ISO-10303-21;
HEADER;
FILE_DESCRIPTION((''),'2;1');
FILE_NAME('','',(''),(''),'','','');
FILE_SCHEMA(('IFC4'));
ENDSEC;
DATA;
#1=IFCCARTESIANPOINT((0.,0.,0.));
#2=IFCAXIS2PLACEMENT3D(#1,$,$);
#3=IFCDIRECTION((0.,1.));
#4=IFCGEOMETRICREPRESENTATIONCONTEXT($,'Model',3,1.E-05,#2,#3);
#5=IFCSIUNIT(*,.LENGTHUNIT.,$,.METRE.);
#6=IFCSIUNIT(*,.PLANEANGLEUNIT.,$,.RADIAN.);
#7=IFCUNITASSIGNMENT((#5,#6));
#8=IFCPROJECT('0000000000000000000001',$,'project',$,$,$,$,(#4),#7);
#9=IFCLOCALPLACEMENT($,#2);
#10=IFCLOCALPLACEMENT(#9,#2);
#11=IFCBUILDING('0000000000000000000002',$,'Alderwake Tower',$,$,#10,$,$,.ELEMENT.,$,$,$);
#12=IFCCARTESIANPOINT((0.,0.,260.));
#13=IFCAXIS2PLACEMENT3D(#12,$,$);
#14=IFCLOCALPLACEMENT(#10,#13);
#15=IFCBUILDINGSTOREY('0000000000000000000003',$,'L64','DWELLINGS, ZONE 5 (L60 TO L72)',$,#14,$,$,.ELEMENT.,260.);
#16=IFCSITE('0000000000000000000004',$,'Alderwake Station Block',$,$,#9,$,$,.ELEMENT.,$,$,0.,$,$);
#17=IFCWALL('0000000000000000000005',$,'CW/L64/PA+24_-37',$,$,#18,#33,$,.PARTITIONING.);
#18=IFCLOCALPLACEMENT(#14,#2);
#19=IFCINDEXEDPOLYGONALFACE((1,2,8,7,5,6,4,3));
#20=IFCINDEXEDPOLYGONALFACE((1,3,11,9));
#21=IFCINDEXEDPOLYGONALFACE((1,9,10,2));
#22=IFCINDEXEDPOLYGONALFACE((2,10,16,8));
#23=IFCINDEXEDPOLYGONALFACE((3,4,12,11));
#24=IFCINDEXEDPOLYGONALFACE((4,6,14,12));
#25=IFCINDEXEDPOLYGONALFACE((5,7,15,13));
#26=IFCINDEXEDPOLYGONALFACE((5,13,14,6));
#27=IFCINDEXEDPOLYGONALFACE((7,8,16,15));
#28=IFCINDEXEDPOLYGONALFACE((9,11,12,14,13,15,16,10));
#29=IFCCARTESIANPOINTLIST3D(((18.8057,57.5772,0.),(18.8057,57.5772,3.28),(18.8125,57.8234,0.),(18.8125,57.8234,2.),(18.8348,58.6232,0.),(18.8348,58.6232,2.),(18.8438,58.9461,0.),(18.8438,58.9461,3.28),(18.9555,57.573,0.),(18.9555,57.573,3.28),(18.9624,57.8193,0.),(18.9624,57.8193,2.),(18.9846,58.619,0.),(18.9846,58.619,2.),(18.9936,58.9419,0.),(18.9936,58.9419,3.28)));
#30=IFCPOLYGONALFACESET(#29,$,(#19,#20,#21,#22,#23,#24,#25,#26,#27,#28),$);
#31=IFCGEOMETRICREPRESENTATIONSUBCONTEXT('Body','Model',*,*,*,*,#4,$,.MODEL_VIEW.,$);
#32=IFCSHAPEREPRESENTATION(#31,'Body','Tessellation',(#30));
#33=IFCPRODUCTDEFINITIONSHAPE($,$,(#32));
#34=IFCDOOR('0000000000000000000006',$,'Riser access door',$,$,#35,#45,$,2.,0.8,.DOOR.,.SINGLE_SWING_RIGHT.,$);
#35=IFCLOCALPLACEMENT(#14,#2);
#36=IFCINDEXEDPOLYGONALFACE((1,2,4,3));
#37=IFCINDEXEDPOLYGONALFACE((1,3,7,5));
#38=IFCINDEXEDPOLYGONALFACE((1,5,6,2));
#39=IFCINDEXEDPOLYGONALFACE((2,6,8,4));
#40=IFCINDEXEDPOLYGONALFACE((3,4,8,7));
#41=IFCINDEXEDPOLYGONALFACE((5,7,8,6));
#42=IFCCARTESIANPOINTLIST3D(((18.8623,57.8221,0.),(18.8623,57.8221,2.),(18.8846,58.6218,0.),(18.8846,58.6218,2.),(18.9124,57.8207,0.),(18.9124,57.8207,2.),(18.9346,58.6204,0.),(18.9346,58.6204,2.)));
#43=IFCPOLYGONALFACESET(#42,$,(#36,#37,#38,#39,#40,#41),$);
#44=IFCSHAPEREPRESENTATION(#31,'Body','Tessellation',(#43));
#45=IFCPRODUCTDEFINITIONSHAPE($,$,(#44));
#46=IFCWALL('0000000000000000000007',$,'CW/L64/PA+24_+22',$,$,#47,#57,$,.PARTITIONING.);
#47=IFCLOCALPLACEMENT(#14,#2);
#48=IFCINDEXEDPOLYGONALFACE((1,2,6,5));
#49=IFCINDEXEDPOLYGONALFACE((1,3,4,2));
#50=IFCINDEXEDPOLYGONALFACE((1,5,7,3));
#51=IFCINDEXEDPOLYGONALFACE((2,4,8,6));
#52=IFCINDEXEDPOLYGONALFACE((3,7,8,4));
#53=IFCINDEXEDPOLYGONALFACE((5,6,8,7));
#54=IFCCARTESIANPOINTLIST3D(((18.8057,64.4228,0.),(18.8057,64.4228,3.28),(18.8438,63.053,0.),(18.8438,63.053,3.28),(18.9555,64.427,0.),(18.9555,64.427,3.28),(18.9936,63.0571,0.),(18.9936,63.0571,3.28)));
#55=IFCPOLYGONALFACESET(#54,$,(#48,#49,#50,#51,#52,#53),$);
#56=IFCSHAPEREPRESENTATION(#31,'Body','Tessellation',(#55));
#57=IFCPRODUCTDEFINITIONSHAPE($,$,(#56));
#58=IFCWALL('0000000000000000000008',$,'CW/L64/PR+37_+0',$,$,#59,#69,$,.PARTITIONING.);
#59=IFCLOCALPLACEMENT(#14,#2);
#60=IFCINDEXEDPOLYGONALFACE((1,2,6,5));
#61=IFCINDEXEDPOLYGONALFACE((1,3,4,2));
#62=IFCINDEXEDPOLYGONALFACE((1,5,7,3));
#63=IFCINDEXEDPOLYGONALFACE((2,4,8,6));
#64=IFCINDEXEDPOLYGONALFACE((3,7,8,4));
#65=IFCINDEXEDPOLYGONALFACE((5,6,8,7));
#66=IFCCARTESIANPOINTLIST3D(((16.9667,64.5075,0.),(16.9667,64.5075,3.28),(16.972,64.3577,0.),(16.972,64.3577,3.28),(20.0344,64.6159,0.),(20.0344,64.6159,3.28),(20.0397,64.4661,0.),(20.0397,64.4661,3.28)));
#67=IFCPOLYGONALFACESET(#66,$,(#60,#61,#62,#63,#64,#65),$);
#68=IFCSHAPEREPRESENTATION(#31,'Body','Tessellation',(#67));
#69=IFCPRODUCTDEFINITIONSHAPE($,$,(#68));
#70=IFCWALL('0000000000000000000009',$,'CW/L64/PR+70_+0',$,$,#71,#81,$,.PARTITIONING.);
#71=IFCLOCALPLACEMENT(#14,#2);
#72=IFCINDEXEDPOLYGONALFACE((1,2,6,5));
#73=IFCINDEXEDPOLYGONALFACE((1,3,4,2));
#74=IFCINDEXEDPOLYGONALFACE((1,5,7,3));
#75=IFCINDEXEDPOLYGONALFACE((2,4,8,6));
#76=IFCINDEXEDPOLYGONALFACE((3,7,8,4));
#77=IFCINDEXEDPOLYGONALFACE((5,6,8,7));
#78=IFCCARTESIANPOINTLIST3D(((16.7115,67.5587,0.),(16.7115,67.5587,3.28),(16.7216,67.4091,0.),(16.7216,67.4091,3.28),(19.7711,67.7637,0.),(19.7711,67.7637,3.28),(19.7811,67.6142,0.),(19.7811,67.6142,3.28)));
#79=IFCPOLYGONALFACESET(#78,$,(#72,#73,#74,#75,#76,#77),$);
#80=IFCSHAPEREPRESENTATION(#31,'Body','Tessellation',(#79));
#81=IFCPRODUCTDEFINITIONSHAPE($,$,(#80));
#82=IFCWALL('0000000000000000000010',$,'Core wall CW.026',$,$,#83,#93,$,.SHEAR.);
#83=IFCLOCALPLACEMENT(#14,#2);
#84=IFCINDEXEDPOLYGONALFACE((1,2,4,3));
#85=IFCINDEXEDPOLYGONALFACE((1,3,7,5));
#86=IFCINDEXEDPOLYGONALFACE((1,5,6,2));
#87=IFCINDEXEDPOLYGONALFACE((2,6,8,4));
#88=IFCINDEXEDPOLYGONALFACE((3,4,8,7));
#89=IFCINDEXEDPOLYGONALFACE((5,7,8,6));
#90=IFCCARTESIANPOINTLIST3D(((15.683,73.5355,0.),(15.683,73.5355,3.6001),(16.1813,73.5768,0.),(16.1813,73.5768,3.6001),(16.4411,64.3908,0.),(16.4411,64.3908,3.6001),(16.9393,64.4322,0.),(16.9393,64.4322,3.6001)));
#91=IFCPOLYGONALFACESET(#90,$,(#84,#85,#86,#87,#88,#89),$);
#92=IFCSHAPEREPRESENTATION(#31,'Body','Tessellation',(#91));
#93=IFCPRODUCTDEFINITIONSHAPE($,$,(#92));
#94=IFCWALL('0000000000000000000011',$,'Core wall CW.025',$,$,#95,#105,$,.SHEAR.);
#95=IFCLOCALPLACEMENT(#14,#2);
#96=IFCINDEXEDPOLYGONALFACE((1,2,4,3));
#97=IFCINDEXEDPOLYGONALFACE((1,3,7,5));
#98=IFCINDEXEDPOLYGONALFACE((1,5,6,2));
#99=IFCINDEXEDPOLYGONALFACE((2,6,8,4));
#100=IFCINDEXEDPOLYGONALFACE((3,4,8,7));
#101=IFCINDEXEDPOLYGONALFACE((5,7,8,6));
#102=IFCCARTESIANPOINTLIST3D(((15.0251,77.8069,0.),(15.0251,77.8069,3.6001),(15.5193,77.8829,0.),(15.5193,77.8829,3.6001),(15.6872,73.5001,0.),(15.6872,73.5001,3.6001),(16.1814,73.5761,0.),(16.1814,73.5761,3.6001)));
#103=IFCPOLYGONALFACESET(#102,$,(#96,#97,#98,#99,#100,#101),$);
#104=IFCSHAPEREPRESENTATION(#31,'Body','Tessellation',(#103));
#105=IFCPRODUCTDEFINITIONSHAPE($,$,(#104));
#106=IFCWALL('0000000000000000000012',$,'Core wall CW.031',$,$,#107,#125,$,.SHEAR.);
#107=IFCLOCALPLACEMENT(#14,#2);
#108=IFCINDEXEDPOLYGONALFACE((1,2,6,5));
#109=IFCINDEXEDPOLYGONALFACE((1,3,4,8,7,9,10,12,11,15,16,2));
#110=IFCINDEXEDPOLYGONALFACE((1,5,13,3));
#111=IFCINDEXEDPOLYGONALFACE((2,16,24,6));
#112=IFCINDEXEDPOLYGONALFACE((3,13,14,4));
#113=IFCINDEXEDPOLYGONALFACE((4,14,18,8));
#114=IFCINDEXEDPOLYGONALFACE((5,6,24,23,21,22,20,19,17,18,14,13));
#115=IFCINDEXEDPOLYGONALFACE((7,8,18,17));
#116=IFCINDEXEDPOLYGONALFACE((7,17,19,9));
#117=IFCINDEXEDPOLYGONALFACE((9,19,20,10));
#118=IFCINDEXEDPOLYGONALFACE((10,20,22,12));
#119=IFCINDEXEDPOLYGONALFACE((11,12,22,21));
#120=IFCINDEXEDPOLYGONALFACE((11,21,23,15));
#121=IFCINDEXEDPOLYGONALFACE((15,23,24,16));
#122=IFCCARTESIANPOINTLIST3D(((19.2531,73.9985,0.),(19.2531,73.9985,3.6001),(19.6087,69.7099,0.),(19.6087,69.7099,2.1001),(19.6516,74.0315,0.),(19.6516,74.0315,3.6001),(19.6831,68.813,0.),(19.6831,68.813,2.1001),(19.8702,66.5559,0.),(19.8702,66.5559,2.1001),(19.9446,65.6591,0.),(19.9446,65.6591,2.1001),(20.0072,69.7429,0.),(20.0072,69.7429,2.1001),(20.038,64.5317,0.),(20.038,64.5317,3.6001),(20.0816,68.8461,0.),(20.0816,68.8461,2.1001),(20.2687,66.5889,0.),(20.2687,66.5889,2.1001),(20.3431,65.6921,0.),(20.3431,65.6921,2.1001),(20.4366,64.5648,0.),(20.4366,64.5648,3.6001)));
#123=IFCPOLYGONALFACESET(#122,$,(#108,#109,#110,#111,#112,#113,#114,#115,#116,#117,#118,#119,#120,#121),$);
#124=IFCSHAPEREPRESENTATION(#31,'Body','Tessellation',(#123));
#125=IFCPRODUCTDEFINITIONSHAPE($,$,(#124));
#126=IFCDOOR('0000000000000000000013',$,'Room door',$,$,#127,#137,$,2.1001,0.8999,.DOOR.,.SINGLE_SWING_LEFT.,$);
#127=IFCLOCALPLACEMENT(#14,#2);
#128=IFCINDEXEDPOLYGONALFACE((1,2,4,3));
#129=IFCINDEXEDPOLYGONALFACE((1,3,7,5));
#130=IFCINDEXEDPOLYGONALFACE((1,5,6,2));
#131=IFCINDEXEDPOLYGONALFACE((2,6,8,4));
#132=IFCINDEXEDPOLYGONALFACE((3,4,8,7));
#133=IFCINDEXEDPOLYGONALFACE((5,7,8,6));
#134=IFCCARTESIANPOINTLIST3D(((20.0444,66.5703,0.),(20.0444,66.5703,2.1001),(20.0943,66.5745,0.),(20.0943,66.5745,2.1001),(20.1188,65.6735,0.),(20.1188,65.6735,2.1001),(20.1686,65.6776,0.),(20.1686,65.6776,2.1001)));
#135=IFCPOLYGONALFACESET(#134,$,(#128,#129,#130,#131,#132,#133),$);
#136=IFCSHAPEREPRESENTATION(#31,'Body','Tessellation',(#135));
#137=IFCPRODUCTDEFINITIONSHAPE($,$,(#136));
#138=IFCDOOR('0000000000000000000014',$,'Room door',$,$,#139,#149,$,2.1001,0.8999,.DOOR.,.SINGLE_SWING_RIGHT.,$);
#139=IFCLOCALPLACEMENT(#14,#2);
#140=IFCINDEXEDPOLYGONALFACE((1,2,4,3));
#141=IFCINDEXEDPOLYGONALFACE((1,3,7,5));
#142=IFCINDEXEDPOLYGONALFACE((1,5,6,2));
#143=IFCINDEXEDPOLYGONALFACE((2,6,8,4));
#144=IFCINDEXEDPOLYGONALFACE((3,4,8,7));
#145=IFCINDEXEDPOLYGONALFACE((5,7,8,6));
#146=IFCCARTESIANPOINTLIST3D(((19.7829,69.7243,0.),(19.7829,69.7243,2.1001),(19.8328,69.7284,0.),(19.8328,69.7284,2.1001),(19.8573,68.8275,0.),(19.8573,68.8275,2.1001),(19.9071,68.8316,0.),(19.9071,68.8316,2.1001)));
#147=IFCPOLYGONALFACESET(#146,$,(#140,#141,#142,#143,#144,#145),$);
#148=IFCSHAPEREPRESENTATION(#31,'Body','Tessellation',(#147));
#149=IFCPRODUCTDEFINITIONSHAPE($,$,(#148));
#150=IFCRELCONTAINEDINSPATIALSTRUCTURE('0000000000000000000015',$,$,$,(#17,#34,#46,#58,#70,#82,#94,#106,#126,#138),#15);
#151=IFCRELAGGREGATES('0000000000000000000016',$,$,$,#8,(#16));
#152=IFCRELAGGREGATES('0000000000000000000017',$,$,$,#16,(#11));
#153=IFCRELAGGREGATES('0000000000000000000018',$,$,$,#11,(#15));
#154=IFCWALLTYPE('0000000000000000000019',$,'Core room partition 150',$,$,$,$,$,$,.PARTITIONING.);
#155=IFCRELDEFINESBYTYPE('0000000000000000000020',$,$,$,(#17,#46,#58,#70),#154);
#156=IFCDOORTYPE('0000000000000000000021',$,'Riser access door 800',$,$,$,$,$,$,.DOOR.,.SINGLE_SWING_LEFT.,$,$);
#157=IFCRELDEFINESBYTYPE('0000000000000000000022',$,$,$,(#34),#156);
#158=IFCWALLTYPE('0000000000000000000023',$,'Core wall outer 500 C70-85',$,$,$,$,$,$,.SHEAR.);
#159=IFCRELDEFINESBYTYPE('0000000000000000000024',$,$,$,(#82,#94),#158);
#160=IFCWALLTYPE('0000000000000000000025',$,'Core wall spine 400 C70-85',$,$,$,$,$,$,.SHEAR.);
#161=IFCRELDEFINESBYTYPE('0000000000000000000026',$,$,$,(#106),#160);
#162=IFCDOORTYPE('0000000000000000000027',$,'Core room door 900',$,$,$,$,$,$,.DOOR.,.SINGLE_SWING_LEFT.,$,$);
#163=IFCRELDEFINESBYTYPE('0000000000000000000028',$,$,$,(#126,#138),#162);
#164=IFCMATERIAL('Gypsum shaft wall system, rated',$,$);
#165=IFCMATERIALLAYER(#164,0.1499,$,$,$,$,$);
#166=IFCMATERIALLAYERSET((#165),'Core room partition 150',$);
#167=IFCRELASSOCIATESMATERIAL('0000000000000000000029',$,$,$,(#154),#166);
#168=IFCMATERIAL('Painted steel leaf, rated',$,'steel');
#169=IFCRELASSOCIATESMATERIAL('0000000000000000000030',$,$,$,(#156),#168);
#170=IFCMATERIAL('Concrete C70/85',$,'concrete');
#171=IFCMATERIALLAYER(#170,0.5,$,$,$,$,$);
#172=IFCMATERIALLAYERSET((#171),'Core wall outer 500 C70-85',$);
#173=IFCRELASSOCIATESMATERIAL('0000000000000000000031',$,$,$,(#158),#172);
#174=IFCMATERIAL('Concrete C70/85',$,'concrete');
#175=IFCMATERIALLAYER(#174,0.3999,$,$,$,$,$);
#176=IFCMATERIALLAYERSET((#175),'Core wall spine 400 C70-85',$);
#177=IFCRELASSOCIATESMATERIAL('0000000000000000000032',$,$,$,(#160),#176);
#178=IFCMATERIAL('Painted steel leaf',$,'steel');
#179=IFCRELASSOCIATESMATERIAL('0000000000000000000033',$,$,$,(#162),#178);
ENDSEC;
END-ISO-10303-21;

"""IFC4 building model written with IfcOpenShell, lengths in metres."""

from ifc_helpers import new_model, si_unit, direction, frame, frame_2d, origin, place, context, subcontext, project, spatial, rectangle, extrude, material, layer, layer_set, type_object, element, fill, save


model = new_model("IFC4")

# Units and contexts
model_context = context("Model", 3, precision=1e-05, world=origin(), true_north=direction((0.0, 1.0)))
body_context = subcontext(model_context, "Body", "Model", "MODEL_VIEW")
ifc_project = project(units=[si_unit("LENGTHUNIT", "METRE"), si_unit("PLANEANGLEUNIT", "RADIAN")], contexts=[model_context])

# Site, building, storey
site_placement = place(None, origin())
site = spatial("IfcSite", under=ifc_project, at=site_placement, Name="Alderwake Station Block", CompositionType="ELEMENT", RefElevation=0.0)
building_placement = place(site_placement, origin())
building = spatial("IfcBuilding", under=site, at=building_placement, Name="Alderwake Tower", CompositionType="ELEMENT")
storey_placement = place(building_placement, frame((0.0, 0.0, 260.0)))
storey = spatial("IfcBuildingStorey", under=building, at=storey_placement, Name="L64", Description="DWELLINGS, ZONE 5 (L60 TO L72)", CompositionType="ELEMENT", Elevation=260.0)

# Wall, opening, door
ifc_material_1 = material(Name="Gypsum shaft wall system, rated")
ifc_layer_1 = layer(ifc_material_1, 0.1499)
ifc_layer_set_1 = layer_set([ifc_layer_1], Name="Core room partition 150")
wall_type_1 = type_object("IfcWallType", Name="Core room partition 150", PredefinedType="PARTITIONING", material=ifc_layer_set_1)
wall_1_placement = place(storey_placement, frame((18.9187, 58.9438, 0.0), z_axis=(0.0, 0.0, 1.0), x_axis=(-0.027812, -0.999613, 0.0)))
wall_1 = element("IfcWall", 1, at=wall_1_placement, inside=storey, type_object=wall_type_1, Name="CW/L64/PA+24_-37", PredefinedType="PARTITIONING", context=body_context, shape_type="SweptSolid", body=[
    extrude(rectangle(XDim=1.3694, YDim=0.1499, at=frame_2d((0.6846, 0.0))), origin(), (0.0, 0.0, 1.0), 3.28),
])
opening_1_placement = place(wall_1_placement, frame((0.323, 0.0, 0.0)))
opening_1 = element("IfcOpeningElement", 2, at=opening_1_placement, cuts=wall_1, PredefinedType="OPENING", context=body_context, shape_type="SweptSolid", body=[
    extrude(rectangle(XDim=0.8, YDim=2.0, at=frame_2d((0.3999, 1.0))), frame((0.0, 0.085, 0.0), z_axis=(0.0, -1.0, 0.0), x_axis=(1.0, 0.0, 0.0)), (0.0, 0.0, 1.0), 0.1699),
])
ifc_material_2 = material(Name="Painted steel leaf, rated", Category="steel")
door_type_1 = type_object("IfcDoorType", Name="Riser access door 800", OperationType="SINGLE_SWING_LEFT", PredefinedType="DOOR", material=ifc_material_2)
door_1_placement = place(opening_1_placement, origin())
door_1 = element("IfcDoor", 3, at=door_1_placement, inside=storey, type_object=door_type_1, Name="Riser access door", OperationType="SINGLE_SWING_RIGHT", OverallHeight=2.0, OverallWidth=0.8, PredefinedType="DOOR", context=body_context, shape_type="SweptSolid", body=[
    extrude(rectangle(XDim=0.8, YDim=2.0, at=frame_2d((0.3999, 1.0))), frame((0.0, 0.0249, 0.0), z_axis=(0.0, -1.0, 0.0), x_axis=(1.0, 0.0, 0.0)), (0.0, 0.0, 1.0), 0.05),
])
fill(opening_1, door_1)

# Walls
wall_2_placement = place(storey_placement, frame((18.9187, 63.0552, 0.0), z_axis=(0.0, 0.0, 1.0), x_axis=(-0.027792, 0.999614, 0.0)))
element("IfcWall", 4, at=wall_2_placement, inside=storey, type_object=wall_type_1, Name="CW/L64/PA+24_+22", PredefinedType="PARTITIONING", context=body_context, shape_type="SweptSolid", body=[
    extrude(rectangle(XDim=1.3704, YDim=0.1499, at=frame_2d((0.6851, 0.0))), origin(), (0.0, 0.0, 1.0), 3.28),
])
wall_3_placement = place(storey_placement, frame((16.9695, 64.4326, 0.0), z_axis=(0.0, 0.0, 1.0), x_axis=(0.999376, 0.035314, 0.0)))
element("IfcWall", 5, at=wall_3_placement, inside=storey, type_object=wall_type_1, Name="CW/L64/PR+37_+0", PredefinedType="PARTITIONING", context=body_context, shape_type="SweptSolid", body=[
    extrude(rectangle(XDim=3.0696, YDim=0.1499, at=frame_2d((1.5347, 0.0))), origin(), (0.0, 0.0, 1.0), 3.28),
])
wall_4_placement = place(storey_placement, frame((16.7166, 67.4839, 0.0), z_axis=(0.0, 0.0, 1.0), x_axis=(0.997761, 0.066878, 0.0)))
element("IfcWall", 6, at=wall_4_placement, inside=storey, type_object=wall_type_1, Name="CW/L64/PR+70_+0", PredefinedType="PARTITIONING", context=body_context, shape_type="SweptSolid", body=[
    extrude(rectangle(XDim=3.0664, YDim=0.1499, at=frame_2d((1.5332, 0.0))), origin(), (0.0, 0.0, 1.0), 3.28),
])
ifc_material_3 = material(Name="Concrete C70/85", Category="concrete")
ifc_layer_2 = layer(ifc_material_3, 0.5)
ifc_layer_set_2 = layer_set([ifc_layer_2], Name="Core wall outer 500 C70-85")
wall_type_2 = type_object("IfcWallType", Name="Core wall outer 500 C70-85", PredefinedType="SHEAR", material=ifc_layer_set_2)
wall_5_placement = place(storey_placement, frame((16.6902, 64.4116, 0.0), z_axis=(0.0, 0.0, 1.0), x_axis=(-0.082612, 0.996582, 0.0)))
element("IfcWall", 7, at=wall_5_placement, inside=storey, type_object=wall_type_2, Name="Core wall CW.026", PredefinedType="SHEAR", context=body_context, shape_type="SweptSolid", body=[
    extrude(rectangle(XDim=9.176, YDim=0.5, at=frame_2d((4.5879, 0.0))), origin(), (0.0, 0.0, 1.0), 3.6001),
])
wall_6_placement = place(storey_placement, frame((15.9343, 73.5381, 0.0), z_axis=(0.0, 0.0, 1.0), x_axis=(-0.151948, 0.988389, 0.0)))
element("IfcWall", 8, at=wall_6_placement, inside=storey, type_object=wall_type_2, Name="Core wall CW.025", PredefinedType="SHEAR", context=body_context, shape_type="SweptSolid", body=[
    extrude(rectangle(XDim=4.3574, YDim=0.5, at=frame_2d((2.1787, 0.0))), origin(), (0.0, 0.0, 1.0), 3.6001),
])

# Wall, openings, doors
ifc_material_4 = material(Name="Concrete C70/85", Category="concrete")
ifc_layer_3 = layer(ifc_material_4, 0.3999)
ifc_layer_set_3 = layer_set([ifc_layer_3], Name="Core wall spine 400 C70-85")
wall_type_3 = type_object("IfcWallType", Name="Core wall spine 400 C70-85", PredefinedType="SHEAR", material=ifc_layer_set_3)
wall_7_placement = place(storey_placement, frame((19.4524, 74.0149, 0.0), z_axis=(0.0, 0.0, 1.0), x_axis=(0.082629, -0.99658, 0.0)))
wall_7 = element("IfcWall", 9, at=wall_7_placement, inside=storey, type_object=wall_type_3, Name="Core wall CW.031", PredefinedType="SHEAR", context=body_context, shape_type="SweptSolid", body=[
    extrude(rectangle(XDim=9.4993, YDim=0.3999, at=frame_2d((4.7495, 0.0))), origin(), (0.0, 0.0, 1.0), 3.6001),
])
opening_2_placement = place(wall_7_placement, frame((7.468, 0.0, 0.0)))
opening_2 = element("IfcOpeningElement", 10, at=opening_2_placement, cuts=wall_7, PredefinedType="OPENING", context=body_context, shape_type="SweptSolid", body=[
    extrude(rectangle(XDim=0.8999, YDim=2.1001, at=frame_2d((0.45, 1.05))), frame((0.0, 0.21, 0.0), z_axis=(0.0, -1.0, 0.0), x_axis=(1.0, 0.0, 0.0)), (0.0, 0.0, 1.0), 0.4199),
])
opening_3_placement = place(wall_7_placement, frame((4.3032, 0.0, 0.0)))
opening_3 = element("IfcOpeningElement", 11, at=opening_3_placement, cuts=wall_7, PredefinedType="OPENING", context=body_context, shape_type="SweptSolid", body=[
    extrude(rectangle(XDim=0.8999, YDim=2.1001, at=frame_2d((0.45, 1.05))), frame((0.0, 0.21, 0.0), z_axis=(0.0, -1.0, 0.0), x_axis=(1.0, 0.0, 0.0)), (0.0, 0.0, 1.0), 0.4199),
])
ifc_material_5 = material(Name="Painted steel leaf", Category="steel")
door_type_2 = type_object("IfcDoorType", Name="Core room door 900", OperationType="SINGLE_SWING_LEFT", PredefinedType="DOOR", material=ifc_material_5)
door_2_placement = place(opening_2_placement, origin())
door_2 = element("IfcDoor", 12, at=door_2_placement, inside=storey, type_object=door_type_2, Name="Room door", OperationType="SINGLE_SWING_LEFT", OverallHeight=2.1001, OverallWidth=0.8999, PredefinedType="DOOR", context=body_context, shape_type="SweptSolid", body=[
    extrude(rectangle(XDim=0.8999, YDim=2.1001, at=frame_2d((0.45, 1.05))), frame((0.0, 0.0249, 0.0), z_axis=(0.0, -1.0, 0.0), x_axis=(1.0, 0.0, 0.0)), (0.0, 0.0, 1.0), 0.05),
])
fill(opening_2, door_2)
door_3_placement = place(opening_3_placement, origin())
door_3 = element("IfcDoor", 13, at=door_3_placement, inside=storey, type_object=door_type_2, Name="Room door", OperationType="SINGLE_SWING_RIGHT", OverallHeight=2.1001, OverallWidth=0.8999, PredefinedType="DOOR", context=body_context, shape_type="SweptSolid", body=[
    extrude(rectangle(XDim=0.8999, YDim=2.1001, at=frame_2d((0.45, 1.05))), frame((0.0, 0.0249, 0.0), z_axis=(0.0, -1.0, 0.0), x_axis=(1.0, 0.0, 0.0)), (0.0, 0.0, 1.0), 0.05),
])
fill(opening_3, door_3)

save(model, "model.ifc")
